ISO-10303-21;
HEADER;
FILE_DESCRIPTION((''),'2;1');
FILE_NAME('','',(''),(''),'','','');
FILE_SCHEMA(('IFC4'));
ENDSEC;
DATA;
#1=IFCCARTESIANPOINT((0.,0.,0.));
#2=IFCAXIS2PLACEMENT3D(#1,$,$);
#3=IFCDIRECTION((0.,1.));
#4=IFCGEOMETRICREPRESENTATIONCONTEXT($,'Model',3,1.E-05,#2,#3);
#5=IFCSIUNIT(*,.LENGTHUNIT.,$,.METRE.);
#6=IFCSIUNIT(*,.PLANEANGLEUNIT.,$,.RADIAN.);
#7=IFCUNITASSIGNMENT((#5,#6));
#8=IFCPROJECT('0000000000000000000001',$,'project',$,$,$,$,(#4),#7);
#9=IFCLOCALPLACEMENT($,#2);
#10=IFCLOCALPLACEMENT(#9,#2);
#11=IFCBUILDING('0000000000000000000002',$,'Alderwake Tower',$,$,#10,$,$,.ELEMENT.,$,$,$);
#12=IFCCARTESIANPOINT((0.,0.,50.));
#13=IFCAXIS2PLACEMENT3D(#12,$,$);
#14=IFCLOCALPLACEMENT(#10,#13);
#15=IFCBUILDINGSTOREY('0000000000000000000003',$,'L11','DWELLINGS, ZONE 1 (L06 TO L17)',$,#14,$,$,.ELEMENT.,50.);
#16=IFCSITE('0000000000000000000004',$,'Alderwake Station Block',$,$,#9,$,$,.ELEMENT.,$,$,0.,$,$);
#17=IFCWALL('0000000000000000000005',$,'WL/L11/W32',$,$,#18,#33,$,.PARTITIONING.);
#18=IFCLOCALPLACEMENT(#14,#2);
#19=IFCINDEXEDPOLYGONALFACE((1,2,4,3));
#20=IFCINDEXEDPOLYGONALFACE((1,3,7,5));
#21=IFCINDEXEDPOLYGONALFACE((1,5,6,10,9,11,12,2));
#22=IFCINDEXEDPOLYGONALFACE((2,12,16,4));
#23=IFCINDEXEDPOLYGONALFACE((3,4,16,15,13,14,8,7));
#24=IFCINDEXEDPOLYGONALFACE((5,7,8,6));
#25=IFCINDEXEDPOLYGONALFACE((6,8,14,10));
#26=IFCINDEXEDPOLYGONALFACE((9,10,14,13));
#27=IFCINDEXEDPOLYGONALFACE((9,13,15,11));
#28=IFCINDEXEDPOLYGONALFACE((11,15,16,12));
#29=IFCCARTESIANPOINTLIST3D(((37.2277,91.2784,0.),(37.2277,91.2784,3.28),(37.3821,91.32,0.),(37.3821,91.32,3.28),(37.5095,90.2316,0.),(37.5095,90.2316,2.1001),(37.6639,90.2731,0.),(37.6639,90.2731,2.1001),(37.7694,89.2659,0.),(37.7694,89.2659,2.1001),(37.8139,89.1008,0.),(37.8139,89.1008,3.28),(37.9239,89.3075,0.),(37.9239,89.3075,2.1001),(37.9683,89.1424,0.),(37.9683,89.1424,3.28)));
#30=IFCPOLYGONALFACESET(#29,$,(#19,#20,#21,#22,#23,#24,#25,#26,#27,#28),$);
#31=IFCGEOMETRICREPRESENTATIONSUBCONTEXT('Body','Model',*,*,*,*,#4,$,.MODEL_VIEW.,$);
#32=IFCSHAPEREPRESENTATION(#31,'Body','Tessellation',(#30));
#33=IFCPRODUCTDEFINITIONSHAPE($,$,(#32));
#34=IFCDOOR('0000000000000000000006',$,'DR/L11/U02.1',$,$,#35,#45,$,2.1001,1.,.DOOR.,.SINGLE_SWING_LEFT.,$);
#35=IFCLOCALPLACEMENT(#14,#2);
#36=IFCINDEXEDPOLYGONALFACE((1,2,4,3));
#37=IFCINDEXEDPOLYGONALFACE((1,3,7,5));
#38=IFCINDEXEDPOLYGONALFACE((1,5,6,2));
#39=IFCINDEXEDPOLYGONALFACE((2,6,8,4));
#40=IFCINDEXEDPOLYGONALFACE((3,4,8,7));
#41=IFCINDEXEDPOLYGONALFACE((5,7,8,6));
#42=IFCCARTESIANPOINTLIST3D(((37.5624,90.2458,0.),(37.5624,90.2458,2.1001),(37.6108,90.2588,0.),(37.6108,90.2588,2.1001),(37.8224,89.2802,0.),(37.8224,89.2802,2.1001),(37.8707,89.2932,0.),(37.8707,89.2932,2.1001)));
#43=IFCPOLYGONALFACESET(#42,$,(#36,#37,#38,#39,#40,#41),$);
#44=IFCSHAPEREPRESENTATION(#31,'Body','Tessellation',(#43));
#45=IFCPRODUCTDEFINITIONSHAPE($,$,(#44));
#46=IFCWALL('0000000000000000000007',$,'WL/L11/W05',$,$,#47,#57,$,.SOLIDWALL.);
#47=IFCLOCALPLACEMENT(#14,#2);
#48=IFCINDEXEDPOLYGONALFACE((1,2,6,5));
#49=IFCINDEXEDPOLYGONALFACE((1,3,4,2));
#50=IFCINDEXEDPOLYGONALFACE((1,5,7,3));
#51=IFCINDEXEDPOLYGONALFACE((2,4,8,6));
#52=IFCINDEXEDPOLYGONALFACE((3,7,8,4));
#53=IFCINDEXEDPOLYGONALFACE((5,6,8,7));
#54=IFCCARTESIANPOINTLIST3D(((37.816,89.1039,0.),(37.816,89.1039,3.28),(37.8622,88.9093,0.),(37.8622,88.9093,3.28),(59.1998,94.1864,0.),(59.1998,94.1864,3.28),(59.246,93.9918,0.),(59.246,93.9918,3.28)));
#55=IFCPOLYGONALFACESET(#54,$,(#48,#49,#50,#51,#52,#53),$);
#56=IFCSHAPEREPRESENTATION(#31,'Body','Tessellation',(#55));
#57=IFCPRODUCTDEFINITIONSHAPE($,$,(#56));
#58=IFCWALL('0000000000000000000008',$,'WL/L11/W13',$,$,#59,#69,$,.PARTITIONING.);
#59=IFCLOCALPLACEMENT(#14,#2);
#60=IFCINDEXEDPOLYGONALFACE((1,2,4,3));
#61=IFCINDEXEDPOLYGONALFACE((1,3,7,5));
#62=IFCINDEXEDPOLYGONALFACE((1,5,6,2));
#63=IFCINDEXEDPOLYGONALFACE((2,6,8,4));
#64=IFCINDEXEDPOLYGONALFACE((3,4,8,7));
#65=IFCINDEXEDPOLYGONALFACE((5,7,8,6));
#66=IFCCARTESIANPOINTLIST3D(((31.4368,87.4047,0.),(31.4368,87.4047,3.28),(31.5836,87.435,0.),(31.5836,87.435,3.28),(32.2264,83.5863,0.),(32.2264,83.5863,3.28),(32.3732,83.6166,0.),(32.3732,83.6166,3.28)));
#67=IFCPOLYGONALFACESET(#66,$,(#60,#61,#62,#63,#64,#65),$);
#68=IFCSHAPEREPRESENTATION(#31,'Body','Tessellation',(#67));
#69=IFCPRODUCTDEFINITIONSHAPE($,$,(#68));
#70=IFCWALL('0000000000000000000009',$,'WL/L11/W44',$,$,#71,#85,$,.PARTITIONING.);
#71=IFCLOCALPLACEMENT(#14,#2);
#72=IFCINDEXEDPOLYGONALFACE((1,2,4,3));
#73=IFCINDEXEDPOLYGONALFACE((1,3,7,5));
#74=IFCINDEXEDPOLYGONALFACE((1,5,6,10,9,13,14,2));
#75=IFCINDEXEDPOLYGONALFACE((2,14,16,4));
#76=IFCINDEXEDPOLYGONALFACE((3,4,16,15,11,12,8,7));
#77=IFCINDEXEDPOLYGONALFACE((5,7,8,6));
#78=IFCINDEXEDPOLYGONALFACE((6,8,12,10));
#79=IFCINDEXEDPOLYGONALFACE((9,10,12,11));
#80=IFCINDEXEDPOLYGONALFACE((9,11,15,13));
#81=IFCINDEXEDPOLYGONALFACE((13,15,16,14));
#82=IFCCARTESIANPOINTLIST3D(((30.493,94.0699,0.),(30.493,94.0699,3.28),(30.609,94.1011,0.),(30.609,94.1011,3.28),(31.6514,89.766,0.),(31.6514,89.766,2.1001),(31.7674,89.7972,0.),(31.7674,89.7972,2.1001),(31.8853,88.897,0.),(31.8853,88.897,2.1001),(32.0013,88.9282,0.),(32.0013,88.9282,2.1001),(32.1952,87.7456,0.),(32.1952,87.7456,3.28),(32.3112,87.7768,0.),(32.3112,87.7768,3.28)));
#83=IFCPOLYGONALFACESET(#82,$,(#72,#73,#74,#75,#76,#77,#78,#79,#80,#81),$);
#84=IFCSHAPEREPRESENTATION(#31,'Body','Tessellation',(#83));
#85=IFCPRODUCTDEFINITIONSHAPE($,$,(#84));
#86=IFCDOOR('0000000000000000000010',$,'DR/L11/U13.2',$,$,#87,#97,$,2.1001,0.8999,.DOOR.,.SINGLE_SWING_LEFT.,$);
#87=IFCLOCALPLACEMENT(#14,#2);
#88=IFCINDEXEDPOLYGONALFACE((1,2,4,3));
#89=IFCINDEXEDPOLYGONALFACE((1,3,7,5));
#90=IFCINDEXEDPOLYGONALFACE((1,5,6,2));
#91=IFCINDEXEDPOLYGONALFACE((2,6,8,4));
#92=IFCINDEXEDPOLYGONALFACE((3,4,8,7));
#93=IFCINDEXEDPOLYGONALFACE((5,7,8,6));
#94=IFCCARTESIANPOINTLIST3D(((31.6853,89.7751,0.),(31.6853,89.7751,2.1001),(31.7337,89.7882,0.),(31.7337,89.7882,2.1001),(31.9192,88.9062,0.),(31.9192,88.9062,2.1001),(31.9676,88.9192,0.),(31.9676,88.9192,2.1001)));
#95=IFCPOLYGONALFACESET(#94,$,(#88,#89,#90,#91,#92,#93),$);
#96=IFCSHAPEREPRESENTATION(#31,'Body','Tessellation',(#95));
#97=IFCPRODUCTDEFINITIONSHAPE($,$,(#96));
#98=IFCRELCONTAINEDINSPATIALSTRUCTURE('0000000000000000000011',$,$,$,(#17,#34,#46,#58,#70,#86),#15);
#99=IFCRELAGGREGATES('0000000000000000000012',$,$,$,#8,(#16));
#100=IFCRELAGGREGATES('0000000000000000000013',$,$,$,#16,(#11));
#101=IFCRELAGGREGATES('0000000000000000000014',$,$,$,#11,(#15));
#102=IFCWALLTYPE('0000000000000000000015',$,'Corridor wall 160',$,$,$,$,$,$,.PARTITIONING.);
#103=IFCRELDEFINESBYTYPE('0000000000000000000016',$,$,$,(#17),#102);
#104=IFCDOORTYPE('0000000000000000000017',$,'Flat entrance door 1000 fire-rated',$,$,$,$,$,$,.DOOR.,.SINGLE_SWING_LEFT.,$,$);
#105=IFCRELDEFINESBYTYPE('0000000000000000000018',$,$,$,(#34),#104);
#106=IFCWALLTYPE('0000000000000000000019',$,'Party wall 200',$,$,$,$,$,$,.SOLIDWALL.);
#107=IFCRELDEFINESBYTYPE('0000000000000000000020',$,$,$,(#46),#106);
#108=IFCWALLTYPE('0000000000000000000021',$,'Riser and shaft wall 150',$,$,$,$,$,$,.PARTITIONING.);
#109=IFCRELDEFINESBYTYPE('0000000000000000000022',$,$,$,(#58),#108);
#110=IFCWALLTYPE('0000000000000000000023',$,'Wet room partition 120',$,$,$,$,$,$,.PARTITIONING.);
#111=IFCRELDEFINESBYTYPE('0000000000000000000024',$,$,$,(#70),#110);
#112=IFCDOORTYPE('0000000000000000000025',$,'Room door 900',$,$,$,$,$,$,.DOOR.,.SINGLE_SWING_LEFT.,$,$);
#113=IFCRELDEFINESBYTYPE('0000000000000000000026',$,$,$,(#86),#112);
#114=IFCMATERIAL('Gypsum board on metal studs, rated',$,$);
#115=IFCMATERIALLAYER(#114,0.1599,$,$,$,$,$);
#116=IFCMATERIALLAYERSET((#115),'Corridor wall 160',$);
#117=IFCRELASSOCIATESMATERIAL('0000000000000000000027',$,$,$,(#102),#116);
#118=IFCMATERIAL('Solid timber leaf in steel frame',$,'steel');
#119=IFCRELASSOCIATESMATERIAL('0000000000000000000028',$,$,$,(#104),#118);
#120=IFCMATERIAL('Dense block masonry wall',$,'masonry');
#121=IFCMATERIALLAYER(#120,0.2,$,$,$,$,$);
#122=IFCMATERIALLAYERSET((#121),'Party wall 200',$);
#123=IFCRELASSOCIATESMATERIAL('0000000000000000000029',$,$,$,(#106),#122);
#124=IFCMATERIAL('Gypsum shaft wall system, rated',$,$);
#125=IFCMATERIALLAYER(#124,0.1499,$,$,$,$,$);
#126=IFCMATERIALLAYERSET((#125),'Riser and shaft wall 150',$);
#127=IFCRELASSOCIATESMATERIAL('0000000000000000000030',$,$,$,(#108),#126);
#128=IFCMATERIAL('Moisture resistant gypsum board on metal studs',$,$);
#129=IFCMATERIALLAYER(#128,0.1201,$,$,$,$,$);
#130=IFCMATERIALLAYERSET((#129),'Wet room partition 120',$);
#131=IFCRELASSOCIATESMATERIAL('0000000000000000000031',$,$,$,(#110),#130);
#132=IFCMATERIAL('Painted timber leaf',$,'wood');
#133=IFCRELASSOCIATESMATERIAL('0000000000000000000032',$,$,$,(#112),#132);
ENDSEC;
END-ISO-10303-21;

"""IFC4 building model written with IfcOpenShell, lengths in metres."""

from ifc_helpers import new_model, si_unit, direction, frame, frame_2d, origin, place, context, subcontext, project, spatial, rectangle, extrude, material, layer, layer_set, type_object, element, fill, save


model = new_model("IFC4")

# Units and contexts
model_context = context("Model", 3, precision=1e-05, world=origin(), true_north=direction((0.0, 1.0)))
body_context = subcontext(model_context, "Body", "Model", "MODEL_VIEW")
ifc_project = project(units=[si_unit("LENGTHUNIT", "METRE"), si_unit("PLANEANGLEUNIT", "RADIAN")], contexts=[model_context])

# Site, building, storey
site_placement = place(None, origin())
site = spatial("IfcSite", under=ifc_project, at=site_placement, Name="Alderwake Station Block", CompositionType="ELEMENT", RefElevation=0.0)
building_placement = place(site_placement, origin())
building = spatial("IfcBuilding", under=site, at=building_placement, Name="Alderwake Tower", CompositionType="ELEMENT")
storey_placement = place(building_placement, frame((0.0, 0.0, 50.0)))
storey = spatial("IfcBuildingStorey", under=building, at=storey_placement, Name="L11", Description="DWELLINGS, ZONE 1 (L06 TO L17)", CompositionType="ELEMENT", Elevation=50.0)

# Shared definitions
ifc_material_1 = material(Name="Gypsum board on metal studs, rated")
ifc_layer_1 = layer(ifc_material_1, 0.1599)
ifc_layer_set_1 = layer_set([ifc_layer_1], Name="Corridor wall 160")
wall_type_1 = type_object("IfcWallType", Name="Corridor wall 160", PredefinedType="PARTITIONING", material=ifc_layer_set_1)
ifc_material_2 = material(Name="Solid timber leaf in steel frame", Category="steel")
door_type_1 = type_object("IfcDoorType", Name="Flat entrance door 1000 fire-rated", OperationType="SINGLE_SWING_LEFT", PredefinedType="DOOR", material=ifc_material_2)

# Wall, opening, door
wall_1_placement = place(storey_placement, frame((37.3049, 91.2991, 0.0), z_axis=(0.0, 0.0, 1.0), x_axis=(0.259946, -0.965623, 0.0)))
wall_1 = element("IfcWall", 1, at=wall_1_placement, inside=storey, type_object=wall_type_1, Name="WL/L11/W32", PredefinedType="PARTITIONING", context=body_context, shape_type="SweptSolid", body=[
    extrude(rectangle(XDim=2.2551, YDim=0.1599, at=frame_2d((1.1274, 0.0))), origin(), (0.0, 0.0, 1.0), 3.28),
])
opening_1_placement = place(wall_1_placement, frame((1.084, 0.0, 0.0)))
opening_1 = element("IfcOpeningElement", 2, at=opening_1_placement, cuts=wall_1, PredefinedType="OPENING", context=body_context, shape_type="SweptSolid", body=[
    extrude(rectangle(XDim=1.0, YDim=2.1001, at=frame_2d((0.5, 1.05))), frame((0.0, 0.0898, 0.0), z_axis=(0.0, -1.0, 0.0), x_axis=(1.0, 0.0, 0.0)), (0.0, 0.0, 1.0), 0.1799),
])
door_1_placement = place(opening_1_placement, origin())
door_1 = element("IfcDoor", 3, at=door_1_placement, inside=storey, type_object=door_type_1, Name="DR/L11/U02.1", OperationType="SINGLE_SWING_LEFT", OverallHeight=2.1001, OverallWidth=1.0, PredefinedType="DOOR", context=body_context, shape_type="SweptSolid", body=[
    extrude(rectangle(XDim=1.0, YDim=2.1001, at=frame_2d((0.5, 1.05))), frame((0.0, 0.0249, 0.0), z_axis=(0.0, -1.0, 0.0), x_axis=(1.0, 0.0, 0.0)), (0.0, 0.0, 1.0), 0.05),
])
fill(opening_1, door_1)

# Walls
ifc_material_3 = material(Name="Dense block masonry wall", Category="masonry")
ifc_layer_2 = layer(ifc_material_3, 0.2)
ifc_layer_set_2 = layer_set([ifc_layer_2], Name="Party wall 200")
wall_type_2 = type_object("IfcWallType", Name="Party wall 200", PredefinedType="SOLIDWALL", material=ifc_layer_set_2)
wall_2_placement = place(storey_placement, frame((37.8391, 89.0066, 0.0), z_axis=(0.0, 0.0, 1.0), x_axis=(0.972897, 0.231239, 0.0)))
element("IfcWall", 4, at=wall_2_placement, inside=storey, type_object=wall_type_2, Name="WL/L11/W05", PredefinedType="SOLIDWALL", context=body_context, shape_type="SweptSolid", body=[
    extrude(rectangle(XDim=21.9795, YDim=0.2, at=frame_2d((10.9897, 0.0))), origin(), (0.0, 0.0, 1.0), 3.28),
])
ifc_material_4 = material(Name="Gypsum shaft wall system, rated")
ifc_layer_3 = layer(ifc_material_4, 0.1499)
ifc_layer_set_3 = layer_set([ifc_layer_3], Name="Riser and shaft wall 150")
wall_type_3 = type_object("IfcWallType", Name="Riser and shaft wall 150", PredefinedType="PARTITIONING", material=ifc_layer_set_3)
wall_3_placement = place(storey_placement, frame((32.2998, 83.6013, 0.0), z_axis=(0.0, 0.0, 1.0), x_axis=(-0.202494, 0.979284, 0.0)))
element("IfcWall", 5, at=wall_3_placement, inside=storey, type_object=wall_type_3, Name="WL/L11/W13", PredefinedType="PARTITIONING", context=body_context, shape_type="SweptSolid", body=[
    extrude(rectangle(XDim=3.8992, YDim=0.1499, at=frame_2d((1.9497, 0.0))), origin(), (0.0, 0.0, 1.0), 3.28),
])

# Wall, opening, door
ifc_material_5 = material(Name="Moisture resistant gypsum board on metal studs")
ifc_layer_4 = layer(ifc_material_5, 0.1201)
ifc_layer_set_4 = layer_set([ifc_layer_4], Name="Wet room partition 120")
wall_type_4 = type_object("IfcWallType", Name="Wet room partition 120", PredefinedType="PARTITIONING", material=ifc_layer_set_4)
wall_4_placement = place(storey_placement, frame((32.2532, 87.7612, 0.0), z_axis=(0.0, 0.0, 1.0), x_axis=(-0.259899, 0.965636, 0.0)))
wall_4 = element("IfcWall", 6, at=wall_4_placement, inside=storey, type_object=wall_type_4, Name="WL/L11/W44", PredefinedType="PARTITIONING", context=body_context, shape_type="SweptSolid", body=[
    extrude(rectangle(XDim=6.5493, YDim=0.1201, at=frame_2d((3.2747, 0.0))), origin(), (0.0, 0.0, 1.0), 3.28),
])
opening_2_placement = place(wall_4_placement, frame((1.1924, 0.0, 0.0)))
opening_2 = element("IfcOpeningElement", 7, at=opening_2_placement, cuts=wall_4, PredefinedType="OPENING", context=body_context, shape_type="SweptSolid", body=[
    extrude(rectangle(XDim=0.8999, YDim=2.1001, at=frame_2d((0.45, 1.05))), frame((0.0, 0.0701, 0.0), z_axis=(0.0, -1.0, 0.0), x_axis=(1.0, 0.0, 0.0)), (0.0, 0.0, 1.0), 0.1401),
])
ifc_material_6 = material(Name="Painted timber leaf", Category="wood")
door_type_2 = type_object("IfcDoorType", Name="Room door 900", OperationType="SINGLE_SWING_LEFT", PredefinedType="DOOR", material=ifc_material_6)
door_2_placement = place(opening_2_placement, origin())
door_2 = element("IfcDoor", 8, at=door_2_placement, inside=storey, type_object=door_type_2, Name="DR/L11/U13.2", OperationType="SINGLE_SWING_LEFT", OverallHeight=2.1001, OverallWidth=0.8999, PredefinedType="DOOR", context=body_context, shape_type="SweptSolid", body=[
    extrude(rectangle(XDim=0.8999, YDim=2.1001, at=frame_2d((0.45, 1.05))), frame((0.0, 0.0249, 0.0), z_axis=(0.0, -1.0, 0.0), x_axis=(1.0, 0.0, 0.0)), (0.0, 0.0, 1.0), 0.05),
])
fill(opening_2, door_2)

save(model, "model.ifc")
